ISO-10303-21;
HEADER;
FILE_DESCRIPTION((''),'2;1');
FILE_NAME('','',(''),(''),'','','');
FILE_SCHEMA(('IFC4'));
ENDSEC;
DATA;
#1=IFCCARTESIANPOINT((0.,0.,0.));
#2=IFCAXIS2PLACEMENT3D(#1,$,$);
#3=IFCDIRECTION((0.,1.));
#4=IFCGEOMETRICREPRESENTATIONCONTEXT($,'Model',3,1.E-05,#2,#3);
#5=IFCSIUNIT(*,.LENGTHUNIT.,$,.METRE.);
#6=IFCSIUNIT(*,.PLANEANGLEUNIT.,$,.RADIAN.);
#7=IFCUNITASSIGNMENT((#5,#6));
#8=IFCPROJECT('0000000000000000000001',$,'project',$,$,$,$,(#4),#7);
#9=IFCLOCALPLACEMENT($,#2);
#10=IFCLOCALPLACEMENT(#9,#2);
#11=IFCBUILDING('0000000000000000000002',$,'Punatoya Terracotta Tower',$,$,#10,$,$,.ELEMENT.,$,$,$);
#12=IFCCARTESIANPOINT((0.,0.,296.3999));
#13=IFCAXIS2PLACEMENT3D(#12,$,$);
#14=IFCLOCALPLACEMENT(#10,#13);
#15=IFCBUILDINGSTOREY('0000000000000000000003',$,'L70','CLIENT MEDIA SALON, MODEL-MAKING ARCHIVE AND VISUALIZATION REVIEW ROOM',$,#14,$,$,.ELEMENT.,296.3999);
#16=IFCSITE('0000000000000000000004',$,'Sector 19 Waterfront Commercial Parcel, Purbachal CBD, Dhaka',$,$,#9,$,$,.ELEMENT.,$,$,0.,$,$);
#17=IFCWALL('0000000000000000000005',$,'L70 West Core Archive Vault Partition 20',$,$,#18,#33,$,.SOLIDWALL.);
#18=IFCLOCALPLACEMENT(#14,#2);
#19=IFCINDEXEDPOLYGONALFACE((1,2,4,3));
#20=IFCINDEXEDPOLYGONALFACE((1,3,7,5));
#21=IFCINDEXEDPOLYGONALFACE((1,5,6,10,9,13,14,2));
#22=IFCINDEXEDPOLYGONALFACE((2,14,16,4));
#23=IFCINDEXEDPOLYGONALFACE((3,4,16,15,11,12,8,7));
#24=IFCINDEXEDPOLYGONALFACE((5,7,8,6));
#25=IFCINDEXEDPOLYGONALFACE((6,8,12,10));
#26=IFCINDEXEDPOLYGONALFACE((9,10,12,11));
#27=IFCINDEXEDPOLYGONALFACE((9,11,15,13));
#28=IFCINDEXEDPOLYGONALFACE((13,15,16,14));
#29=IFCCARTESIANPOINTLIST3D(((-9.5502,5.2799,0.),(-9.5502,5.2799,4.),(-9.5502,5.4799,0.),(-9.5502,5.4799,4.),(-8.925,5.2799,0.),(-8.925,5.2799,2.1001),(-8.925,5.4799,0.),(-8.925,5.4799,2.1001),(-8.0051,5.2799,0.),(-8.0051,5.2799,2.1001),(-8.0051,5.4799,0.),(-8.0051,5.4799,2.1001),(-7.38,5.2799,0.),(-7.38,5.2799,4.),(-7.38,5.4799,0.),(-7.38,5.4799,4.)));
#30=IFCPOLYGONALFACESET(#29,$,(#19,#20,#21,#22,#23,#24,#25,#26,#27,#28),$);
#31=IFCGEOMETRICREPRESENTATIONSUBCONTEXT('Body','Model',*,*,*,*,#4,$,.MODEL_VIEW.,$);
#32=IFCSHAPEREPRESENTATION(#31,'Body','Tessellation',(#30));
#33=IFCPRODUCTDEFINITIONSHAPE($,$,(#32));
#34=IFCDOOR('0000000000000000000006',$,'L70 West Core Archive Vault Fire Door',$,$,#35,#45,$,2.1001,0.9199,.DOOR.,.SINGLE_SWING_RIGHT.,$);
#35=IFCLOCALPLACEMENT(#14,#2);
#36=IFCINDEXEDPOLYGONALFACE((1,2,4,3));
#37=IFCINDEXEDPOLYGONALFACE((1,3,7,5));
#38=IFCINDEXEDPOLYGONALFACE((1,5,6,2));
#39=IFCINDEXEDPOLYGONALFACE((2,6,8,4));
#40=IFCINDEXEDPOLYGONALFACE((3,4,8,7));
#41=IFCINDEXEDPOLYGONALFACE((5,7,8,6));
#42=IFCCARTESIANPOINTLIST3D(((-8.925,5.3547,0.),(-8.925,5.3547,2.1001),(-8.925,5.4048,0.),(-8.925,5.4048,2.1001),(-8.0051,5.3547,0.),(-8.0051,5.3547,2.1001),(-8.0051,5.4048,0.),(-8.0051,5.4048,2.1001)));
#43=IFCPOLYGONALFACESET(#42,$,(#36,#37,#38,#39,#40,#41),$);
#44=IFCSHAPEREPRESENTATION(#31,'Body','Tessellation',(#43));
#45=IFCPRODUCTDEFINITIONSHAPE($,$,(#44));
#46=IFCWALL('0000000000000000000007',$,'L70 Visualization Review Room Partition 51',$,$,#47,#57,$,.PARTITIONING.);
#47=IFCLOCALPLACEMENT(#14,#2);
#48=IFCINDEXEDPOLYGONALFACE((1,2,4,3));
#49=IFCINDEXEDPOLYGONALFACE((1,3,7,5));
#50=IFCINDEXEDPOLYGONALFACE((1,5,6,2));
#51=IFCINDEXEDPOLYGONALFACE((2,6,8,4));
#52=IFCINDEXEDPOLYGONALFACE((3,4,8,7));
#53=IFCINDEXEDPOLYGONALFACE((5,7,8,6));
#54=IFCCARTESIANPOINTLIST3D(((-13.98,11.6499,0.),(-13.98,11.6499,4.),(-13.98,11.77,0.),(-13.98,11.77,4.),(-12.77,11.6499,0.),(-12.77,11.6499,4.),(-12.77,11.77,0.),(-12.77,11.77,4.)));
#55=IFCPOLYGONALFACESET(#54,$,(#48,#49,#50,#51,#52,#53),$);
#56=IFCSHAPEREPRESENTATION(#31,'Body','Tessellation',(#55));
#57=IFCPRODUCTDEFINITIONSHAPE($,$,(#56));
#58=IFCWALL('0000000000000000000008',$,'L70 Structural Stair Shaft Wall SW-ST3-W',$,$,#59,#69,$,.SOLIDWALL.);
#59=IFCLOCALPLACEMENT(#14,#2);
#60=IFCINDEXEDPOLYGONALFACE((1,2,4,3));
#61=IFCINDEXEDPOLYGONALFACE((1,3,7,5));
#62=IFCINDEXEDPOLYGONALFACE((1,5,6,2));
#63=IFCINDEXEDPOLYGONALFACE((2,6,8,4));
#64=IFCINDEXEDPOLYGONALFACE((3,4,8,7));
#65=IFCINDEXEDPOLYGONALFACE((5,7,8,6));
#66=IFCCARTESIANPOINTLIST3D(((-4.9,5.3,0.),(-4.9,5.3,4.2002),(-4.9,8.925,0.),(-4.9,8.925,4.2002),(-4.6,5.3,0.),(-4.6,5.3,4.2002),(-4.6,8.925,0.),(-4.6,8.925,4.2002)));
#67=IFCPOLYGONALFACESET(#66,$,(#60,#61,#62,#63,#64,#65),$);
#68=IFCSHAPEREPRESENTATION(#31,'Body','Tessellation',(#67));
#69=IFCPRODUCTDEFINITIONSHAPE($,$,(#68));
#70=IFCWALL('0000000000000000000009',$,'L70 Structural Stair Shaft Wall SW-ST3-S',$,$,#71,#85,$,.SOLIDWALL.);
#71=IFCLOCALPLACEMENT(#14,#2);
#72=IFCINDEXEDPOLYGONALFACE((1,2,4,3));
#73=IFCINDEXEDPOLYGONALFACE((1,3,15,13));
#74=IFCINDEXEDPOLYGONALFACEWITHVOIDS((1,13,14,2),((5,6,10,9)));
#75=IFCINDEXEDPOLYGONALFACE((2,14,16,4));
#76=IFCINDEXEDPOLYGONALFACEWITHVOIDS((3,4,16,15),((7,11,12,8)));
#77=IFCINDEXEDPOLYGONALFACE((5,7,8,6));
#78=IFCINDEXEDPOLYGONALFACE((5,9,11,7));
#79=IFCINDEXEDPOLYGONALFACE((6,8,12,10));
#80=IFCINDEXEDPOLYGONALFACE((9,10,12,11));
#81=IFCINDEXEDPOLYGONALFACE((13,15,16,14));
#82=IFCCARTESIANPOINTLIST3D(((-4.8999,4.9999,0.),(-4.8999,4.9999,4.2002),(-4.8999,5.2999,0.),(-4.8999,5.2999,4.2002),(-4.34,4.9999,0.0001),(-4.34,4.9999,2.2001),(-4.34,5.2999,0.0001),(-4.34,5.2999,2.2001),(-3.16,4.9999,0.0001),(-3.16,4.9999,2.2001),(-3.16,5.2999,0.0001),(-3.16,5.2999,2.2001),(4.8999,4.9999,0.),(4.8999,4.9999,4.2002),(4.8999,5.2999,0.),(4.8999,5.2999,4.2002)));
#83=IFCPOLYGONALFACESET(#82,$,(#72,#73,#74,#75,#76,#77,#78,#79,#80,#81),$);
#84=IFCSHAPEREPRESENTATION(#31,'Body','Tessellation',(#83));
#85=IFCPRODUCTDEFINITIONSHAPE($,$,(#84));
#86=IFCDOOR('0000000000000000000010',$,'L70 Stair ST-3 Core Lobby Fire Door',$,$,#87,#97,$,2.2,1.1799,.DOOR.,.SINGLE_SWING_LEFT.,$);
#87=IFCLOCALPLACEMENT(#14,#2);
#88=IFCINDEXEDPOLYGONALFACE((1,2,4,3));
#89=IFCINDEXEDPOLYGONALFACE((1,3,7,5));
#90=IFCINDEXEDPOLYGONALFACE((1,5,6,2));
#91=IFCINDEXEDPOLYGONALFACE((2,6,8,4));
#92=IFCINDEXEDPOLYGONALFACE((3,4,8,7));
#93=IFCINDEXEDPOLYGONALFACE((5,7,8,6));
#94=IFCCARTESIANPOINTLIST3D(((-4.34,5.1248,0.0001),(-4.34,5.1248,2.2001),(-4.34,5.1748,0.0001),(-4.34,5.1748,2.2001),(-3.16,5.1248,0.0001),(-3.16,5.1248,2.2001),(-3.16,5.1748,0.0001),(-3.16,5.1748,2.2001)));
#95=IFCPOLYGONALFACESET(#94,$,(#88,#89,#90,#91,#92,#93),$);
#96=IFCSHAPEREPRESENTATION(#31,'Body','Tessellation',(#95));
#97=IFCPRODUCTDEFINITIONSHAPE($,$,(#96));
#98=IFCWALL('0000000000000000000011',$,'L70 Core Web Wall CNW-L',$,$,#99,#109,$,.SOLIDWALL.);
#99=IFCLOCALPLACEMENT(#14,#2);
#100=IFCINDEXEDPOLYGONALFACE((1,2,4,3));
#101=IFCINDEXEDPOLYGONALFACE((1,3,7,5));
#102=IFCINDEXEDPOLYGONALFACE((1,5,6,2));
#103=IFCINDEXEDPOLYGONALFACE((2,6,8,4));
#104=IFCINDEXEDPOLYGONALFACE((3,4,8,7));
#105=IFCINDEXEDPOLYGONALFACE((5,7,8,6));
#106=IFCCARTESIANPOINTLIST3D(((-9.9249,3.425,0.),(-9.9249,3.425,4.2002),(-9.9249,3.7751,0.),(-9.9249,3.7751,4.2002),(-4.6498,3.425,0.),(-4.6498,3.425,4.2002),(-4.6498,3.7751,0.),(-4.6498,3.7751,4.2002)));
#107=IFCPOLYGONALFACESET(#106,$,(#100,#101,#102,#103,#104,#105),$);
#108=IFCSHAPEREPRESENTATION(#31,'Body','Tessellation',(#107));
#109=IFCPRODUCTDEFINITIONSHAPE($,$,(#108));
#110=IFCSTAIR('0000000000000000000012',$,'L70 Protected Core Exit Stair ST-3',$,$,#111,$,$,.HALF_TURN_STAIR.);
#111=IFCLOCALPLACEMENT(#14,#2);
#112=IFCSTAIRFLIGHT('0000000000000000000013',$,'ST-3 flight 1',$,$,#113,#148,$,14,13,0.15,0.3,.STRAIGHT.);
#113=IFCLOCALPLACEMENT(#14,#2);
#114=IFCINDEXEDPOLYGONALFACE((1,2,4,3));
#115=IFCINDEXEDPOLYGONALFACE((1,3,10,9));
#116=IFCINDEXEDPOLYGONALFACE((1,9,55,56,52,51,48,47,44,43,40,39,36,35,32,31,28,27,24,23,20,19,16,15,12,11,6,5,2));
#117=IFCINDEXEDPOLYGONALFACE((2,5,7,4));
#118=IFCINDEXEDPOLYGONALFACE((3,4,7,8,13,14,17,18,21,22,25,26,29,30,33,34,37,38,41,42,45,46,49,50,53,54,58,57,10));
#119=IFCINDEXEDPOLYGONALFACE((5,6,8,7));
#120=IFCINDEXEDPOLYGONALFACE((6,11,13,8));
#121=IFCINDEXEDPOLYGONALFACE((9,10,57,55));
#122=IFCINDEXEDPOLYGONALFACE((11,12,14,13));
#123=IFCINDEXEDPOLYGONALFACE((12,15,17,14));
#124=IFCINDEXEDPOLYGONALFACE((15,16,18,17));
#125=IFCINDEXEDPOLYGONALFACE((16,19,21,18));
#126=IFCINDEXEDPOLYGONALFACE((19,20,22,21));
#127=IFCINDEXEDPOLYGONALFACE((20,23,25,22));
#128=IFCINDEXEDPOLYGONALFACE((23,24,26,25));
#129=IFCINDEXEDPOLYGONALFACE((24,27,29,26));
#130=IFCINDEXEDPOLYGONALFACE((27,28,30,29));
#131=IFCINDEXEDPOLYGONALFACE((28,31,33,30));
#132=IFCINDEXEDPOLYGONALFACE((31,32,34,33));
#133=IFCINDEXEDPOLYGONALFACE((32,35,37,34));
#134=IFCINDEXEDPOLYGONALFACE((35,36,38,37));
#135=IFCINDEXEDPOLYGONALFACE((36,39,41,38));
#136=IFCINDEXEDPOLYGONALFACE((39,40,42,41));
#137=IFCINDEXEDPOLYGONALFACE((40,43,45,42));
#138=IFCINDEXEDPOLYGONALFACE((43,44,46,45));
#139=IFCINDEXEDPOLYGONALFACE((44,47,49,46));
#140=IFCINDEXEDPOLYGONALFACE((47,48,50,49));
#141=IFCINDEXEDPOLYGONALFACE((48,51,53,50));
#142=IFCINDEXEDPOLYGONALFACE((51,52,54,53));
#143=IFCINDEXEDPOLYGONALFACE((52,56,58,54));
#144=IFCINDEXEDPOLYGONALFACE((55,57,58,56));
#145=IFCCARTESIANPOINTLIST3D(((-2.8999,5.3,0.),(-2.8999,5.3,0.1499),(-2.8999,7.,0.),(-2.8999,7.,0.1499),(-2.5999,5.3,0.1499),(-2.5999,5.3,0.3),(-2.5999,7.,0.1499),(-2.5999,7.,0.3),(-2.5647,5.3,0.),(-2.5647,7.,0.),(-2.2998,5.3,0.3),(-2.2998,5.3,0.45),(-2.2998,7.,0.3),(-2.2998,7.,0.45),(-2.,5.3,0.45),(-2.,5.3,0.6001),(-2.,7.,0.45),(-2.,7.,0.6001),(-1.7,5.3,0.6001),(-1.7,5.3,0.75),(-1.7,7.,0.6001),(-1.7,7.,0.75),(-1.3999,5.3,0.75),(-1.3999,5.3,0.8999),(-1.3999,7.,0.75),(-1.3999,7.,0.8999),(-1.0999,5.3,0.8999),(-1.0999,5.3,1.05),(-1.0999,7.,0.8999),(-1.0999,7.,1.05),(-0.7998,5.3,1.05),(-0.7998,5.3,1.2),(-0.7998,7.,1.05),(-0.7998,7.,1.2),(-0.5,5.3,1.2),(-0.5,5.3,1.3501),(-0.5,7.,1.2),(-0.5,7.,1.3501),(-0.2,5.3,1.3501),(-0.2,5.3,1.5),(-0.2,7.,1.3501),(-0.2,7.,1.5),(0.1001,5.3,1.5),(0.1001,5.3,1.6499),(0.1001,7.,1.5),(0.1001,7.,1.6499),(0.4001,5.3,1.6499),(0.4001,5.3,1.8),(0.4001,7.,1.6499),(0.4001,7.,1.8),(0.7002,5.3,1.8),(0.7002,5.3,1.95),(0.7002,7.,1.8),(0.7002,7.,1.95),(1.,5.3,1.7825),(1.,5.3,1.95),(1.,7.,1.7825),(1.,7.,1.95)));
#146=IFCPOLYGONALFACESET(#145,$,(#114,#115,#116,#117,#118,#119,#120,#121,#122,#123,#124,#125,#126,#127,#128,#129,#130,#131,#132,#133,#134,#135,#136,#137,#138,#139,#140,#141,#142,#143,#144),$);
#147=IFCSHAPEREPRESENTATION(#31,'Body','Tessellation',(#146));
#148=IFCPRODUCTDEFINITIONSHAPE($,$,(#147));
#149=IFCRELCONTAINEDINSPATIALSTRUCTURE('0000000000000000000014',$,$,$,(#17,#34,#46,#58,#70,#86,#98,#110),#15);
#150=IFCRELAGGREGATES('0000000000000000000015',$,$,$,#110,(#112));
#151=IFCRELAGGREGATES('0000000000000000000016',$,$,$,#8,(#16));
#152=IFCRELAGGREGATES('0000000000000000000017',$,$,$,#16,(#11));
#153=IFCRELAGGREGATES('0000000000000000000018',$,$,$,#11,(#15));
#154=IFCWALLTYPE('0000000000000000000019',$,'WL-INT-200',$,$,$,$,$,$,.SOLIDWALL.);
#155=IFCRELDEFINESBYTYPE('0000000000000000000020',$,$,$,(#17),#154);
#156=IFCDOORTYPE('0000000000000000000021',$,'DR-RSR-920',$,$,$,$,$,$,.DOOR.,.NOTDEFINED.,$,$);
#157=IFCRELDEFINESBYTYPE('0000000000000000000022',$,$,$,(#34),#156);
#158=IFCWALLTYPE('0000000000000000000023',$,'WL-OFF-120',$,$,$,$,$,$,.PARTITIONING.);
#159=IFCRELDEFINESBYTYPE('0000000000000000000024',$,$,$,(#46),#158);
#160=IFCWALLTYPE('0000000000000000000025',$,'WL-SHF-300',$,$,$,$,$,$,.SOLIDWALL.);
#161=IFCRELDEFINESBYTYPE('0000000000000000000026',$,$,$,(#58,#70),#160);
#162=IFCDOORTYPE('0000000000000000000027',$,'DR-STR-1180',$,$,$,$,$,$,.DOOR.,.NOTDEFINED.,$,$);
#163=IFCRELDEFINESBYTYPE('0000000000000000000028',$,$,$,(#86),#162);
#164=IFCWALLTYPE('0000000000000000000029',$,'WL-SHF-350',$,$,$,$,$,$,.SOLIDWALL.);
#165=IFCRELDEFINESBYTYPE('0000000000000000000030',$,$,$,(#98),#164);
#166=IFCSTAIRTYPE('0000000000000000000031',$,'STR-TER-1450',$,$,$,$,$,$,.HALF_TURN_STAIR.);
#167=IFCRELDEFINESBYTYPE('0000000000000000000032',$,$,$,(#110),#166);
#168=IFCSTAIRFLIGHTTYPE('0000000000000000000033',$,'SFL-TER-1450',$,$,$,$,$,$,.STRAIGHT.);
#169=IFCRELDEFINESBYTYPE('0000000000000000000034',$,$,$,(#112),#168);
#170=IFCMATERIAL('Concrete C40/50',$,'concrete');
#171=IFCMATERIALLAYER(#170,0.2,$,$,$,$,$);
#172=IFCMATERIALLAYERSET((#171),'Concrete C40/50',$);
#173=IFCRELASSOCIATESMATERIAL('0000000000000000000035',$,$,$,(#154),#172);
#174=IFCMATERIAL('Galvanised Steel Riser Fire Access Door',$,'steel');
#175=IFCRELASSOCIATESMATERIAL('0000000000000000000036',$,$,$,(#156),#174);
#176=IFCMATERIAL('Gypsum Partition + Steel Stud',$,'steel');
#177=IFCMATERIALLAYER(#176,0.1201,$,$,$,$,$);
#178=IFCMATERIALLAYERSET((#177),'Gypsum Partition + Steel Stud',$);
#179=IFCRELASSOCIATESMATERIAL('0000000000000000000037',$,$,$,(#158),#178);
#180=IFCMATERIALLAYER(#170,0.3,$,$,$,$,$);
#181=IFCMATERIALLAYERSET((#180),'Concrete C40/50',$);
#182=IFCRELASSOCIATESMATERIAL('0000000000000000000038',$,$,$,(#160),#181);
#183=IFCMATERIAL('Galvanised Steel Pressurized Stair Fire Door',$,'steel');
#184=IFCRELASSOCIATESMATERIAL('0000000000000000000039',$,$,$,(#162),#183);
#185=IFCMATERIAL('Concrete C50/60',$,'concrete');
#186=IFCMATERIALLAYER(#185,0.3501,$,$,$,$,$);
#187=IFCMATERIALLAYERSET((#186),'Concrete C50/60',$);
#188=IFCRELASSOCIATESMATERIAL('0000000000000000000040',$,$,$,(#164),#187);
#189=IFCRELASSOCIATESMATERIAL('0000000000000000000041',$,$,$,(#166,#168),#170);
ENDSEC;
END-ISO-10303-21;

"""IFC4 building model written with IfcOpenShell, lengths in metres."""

from ifc_helpers import new_model, si_unit, direction, frame, frame_2d, origin, place, context, subcontext, project, spatial, polyline, rectangle, outline, extrude, material, layer, layer_set, type_object, element, fill, aggregate, save


model = new_model("IFC4")

# Units and contexts
model_context = context("Model", 3, precision=1e-05, world=origin(), true_north=direction((0.0, 1.0)))
body_context = subcontext(model_context, "Body", "Model", "MODEL_VIEW")
ifc_project = project(units=[si_unit("LENGTHUNIT", "METRE"), si_unit("PLANEANGLEUNIT", "RADIAN")], contexts=[model_context])

# Site, building, storey
site_placement = place(None, origin())
site = spatial("IfcSite", under=ifc_project, at=site_placement, Name="Sector 19 Waterfront Commercial Parcel, Purbachal CBD, Dhaka", CompositionType="ELEMENT", RefElevation=0.0)
building_placement = place(site_placement, origin())
building = spatial("IfcBuilding", under=site, at=building_placement, Name="Punatoya Terracotta Tower", CompositionType="ELEMENT")
storey_placement = place(building_placement, frame((0.0, 0.0, 296.3999)))
storey = spatial("IfcBuildingStorey", under=building, at=storey_placement, Name="L70", Description="CLIENT MEDIA SALON, MODEL-MAKING ARCHIVE AND VISUALIZATION REVIEW ROOM", CompositionType="ELEMENT", Elevation=296.3999)

# Shared definitions
ifc_material_1 = material(Name="Concrete C50/60", Category="concrete")

# Shared definitions
ifc_material_2 = material(Name="Concrete C40/50", Category="concrete")
ifc_layer_1 = layer(ifc_material_2, 0.2)
ifc_layer_set_1 = layer_set([ifc_layer_1], Name="Concrete C40/50")
wall_type_1 = type_object("IfcWallType", Name="WL-INT-200", PredefinedType="SOLIDWALL", material=ifc_layer_set_1)

# Wall, opening, door
wall_1_placement = place(storey_placement, frame((-9.55, 5.3799, 0.0), z_axis=(0.0, 0.0, 1.0), x_axis=(1.0, 0.0, 0.0)))
wall_1 = element("IfcWall", 1, at=wall_1_placement, inside=storey, type_object=wall_type_1, Name="L70 West Core Archive Vault Partition 20", PredefinedType="SOLIDWALL", context=body_context, shape_type="SweptSolid", body=[
    extrude(rectangle(XDim=2.1702, YDim=0.2, at=frame_2d((1.085, 0.0))), origin(), (0.0, 0.0, 1.0), 4.0),
])
opening_1_placement = place(wall_1_placement, frame((0.625, 0.0, 0.0)))
opening_1 = element("IfcOpeningElement", 2, at=opening_1_placement, cuts=wall_1, PredefinedType="OPENING", context=body_context, shape_type="SweptSolid", body=[
    extrude(rectangle(XDim=0.9199, YDim=2.1001, at=frame_2d((0.46, 1.05))), frame((0.0, 0.1099, 0.0), z_axis=(0.0, -1.0, 0.0), x_axis=(1.0, 0.0, 0.0)), (0.0, 0.0, 1.0), 0.22),
])
ifc_material_3 = material(Name="Galvanised Steel Riser Fire Access Door", Category="steel")
door_type_1 = type_object("IfcDoorType", Name="DR-RSR-920", OperationType="NOTDEFINED", PredefinedType="DOOR", material=ifc_material_3)
door_1_placement = place(opening_1_placement, origin())
door_1 = element("IfcDoor", 3, at=door_1_placement, inside=storey, type_object=door_type_1, Name="L70 West Core Archive Vault Fire Door", OperationType="SINGLE_SWING_RIGHT", OverallHeight=2.1001, OverallWidth=0.9199, PredefinedType="DOOR", context=body_context, shape_type="SweptSolid", body=[
    extrude(rectangle(XDim=0.9199, YDim=2.1001, at=frame_2d((0.46, 1.05))), frame((0.0, 0.0249, 0.0), z_axis=(0.0, -1.0, 0.0), x_axis=(1.0, 0.0, 0.0)), (0.0, 0.0, 1.0), 0.05),
])
fill(opening_1, door_1)

# Walls
ifc_material_4 = material(Name="Gypsum Partition + Steel Stud", Category="steel")
ifc_layer_2 = layer(ifc_material_4, 0.1201)
ifc_layer_set_2 = layer_set([ifc_layer_2], Name="Gypsum Partition + Steel Stud")
wall_type_2 = type_object("IfcWallType", Name="WL-OFF-120", PredefinedType="PARTITIONING", material=ifc_layer_set_2)
wall_2_placement = place(storey_placement, frame((-12.77, 11.71, 0.0), z_axis=(0.0, 0.0, 1.0), x_axis=(-1.0, 0.0, 0.0)))
element("IfcWall", 4, at=wall_2_placement, inside=storey, type_object=wall_type_2, Name="L70 Visualization Review Room Partition 51", PredefinedType="PARTITIONING", context=body_context, shape_type="SweptSolid", body=[
    extrude(rectangle(XDim=1.21, YDim=0.1201, at=frame_2d((0.605, 0.0))), origin(), (0.0, 0.0, 1.0), 4.0),
])
ifc_layer_3 = layer(ifc_material_2, 0.3)
ifc_layer_set_3 = layer_set([ifc_layer_3], Name="Concrete C40/50")
wall_type_3 = type_object("IfcWallType", Name="WL-SHF-300", PredefinedType="SOLIDWALL", material=ifc_layer_set_3)
wall_3_placement = place(storey_placement, frame((-4.75, 5.3, 0.0), z_axis=(0.0, 0.0, 1.0), x_axis=(0.0, 1.0, 0.0)))
element("IfcWall", 5, at=wall_3_placement, inside=storey, type_object=wall_type_3, Name="L70 Structural Stair Shaft Wall SW-ST3-W", PredefinedType="SOLIDWALL", context=body_context, shape_type="SweptSolid", body=[
    extrude(rectangle(XDim=3.625, YDim=0.3, at=frame_2d((1.8125, 0.0))), origin(), (0.0, 0.0, 1.0), 4.2002),
])

# Wall, opening, door
wall_4_placement = place(storey_placement, frame((-4.8999, 5.1499, 0.0), z_axis=(0.0, 0.0, 1.0), x_axis=(1.0, 0.0, 0.0)))
wall_4 = element("IfcWall", 6, at=wall_4_placement, inside=storey, type_object=wall_type_3, Name="L70 Structural Stair Shaft Wall SW-ST3-S", PredefinedType="SOLIDWALL", context=body_context, shape_type="SweptSolid", body=[
    extrude(rectangle(XDim=9.7998, YDim=0.3, at=frame_2d((4.8999, 0.0))), origin(), (0.0, 0.0, 1.0), 4.2002),
])
opening_2_placement = place(wall_4_placement, frame((0.5601, 0.0, 0.0)))
opening_2 = element("IfcOpeningElement", 7, at=opening_2_placement, cuts=wall_4, PredefinedType="OPENING", context=body_context, shape_type="SweptSolid", body=[
    extrude(rectangle(XDim=1.1799, YDim=2.2, at=frame_2d((0.5898, 1.1001))), frame((0.0, 0.1599, 0.0), z_axis=(0.0, -1.0, 0.0), x_axis=(1.0, 0.0, 0.0)), (0.0, 0.0, 1.0), 0.3201),
])
ifc_material_5 = material(Name="Galvanised Steel Pressurized Stair Fire Door", Category="steel")
door_type_2 = type_object("IfcDoorType", Name="DR-STR-1180", OperationType="NOTDEFINED", PredefinedType="DOOR", material=ifc_material_5)
door_2_placement = place(opening_2_placement, origin())
door_2 = element("IfcDoor", 8, at=door_2_placement, inside=storey, type_object=door_type_2, Name="L70 Stair ST-3 Core Lobby Fire Door", OperationType="SINGLE_SWING_LEFT", OverallHeight=2.2, OverallWidth=1.1799, PredefinedType="DOOR", context=body_context, shape_type="SweptSolid", body=[
    extrude(rectangle(XDim=1.1799, YDim=2.2, at=frame_2d((0.5898, 1.1001))), frame((0.0, 0.0249, 0.0), z_axis=(0.0, -1.0, 0.0), x_axis=(1.0, 0.0, 0.0)), (0.0, 0.0, 1.0), 0.05),
])
fill(opening_2, door_2)

# Wall
ifc_layer_4 = layer(ifc_material_1, 0.3501)
ifc_layer_set_4 = layer_set([ifc_layer_4], Name="Concrete C50/60")
wall_type_4 = type_object("IfcWallType", Name="WL-SHF-350", PredefinedType="SOLIDWALL", material=ifc_layer_set_4)
wall_5_placement = place(storey_placement, frame((-9.925, 3.6001, 0.0), z_axis=(0.0, 0.0, 1.0), x_axis=(1.0, 0.0, 0.0)))
element("IfcWall", 9, at=wall_5_placement, inside=storey, type_object=wall_type_4, Name="L70 Core Web Wall CNW-L", PredefinedType="SOLIDWALL", context=body_context, shape_type="SweptSolid", body=[
    extrude(rectangle(XDim=5.2751, YDim=0.3501, at=frame_2d((2.6377, 0.0))), origin(), (0.0, 0.0, 1.0), 4.2002),
])

# Stair, stair flight
stair_type = type_object("IfcStairType", Name="STR-TER-1450", PredefinedType="HALF_TURN_STAIR", material=ifc_material_2)
stair_placement = place(storey_placement, origin())
stair = element("IfcStair", 10, at=stair_placement, inside=storey, type_object=stair_type, Name="L70 Protected Core Exit Stair ST-3", PredefinedType="HALF_TURN_STAIR")
stair_flight_type = type_object("IfcStairFlightType", Name="SFL-TER-1450", PredefinedType="STRAIGHT", material=ifc_material_2)
stair_flight_placement = place(storey_placement, frame((-2.8999, 6.1499, 0.0), z_axis=(0.0, 0.0, 1.0), x_axis=(1.0, 0.0, 0.0)))
stair_flight = element("IfcStairFlight", 11, at=stair_flight_placement, type_object=stair_flight_type, Name="ST-3 flight 1", NumberOfRisers=14, NumberOfTreads=13, PredefinedType="STRAIGHT", RiserHeight=0.15, TreadLength=0.3, context=body_context, shape_type="SweptSolid", body=[
    extrude(outline(polyline([(0.0, 0.0), (0.0, 0.1499), (0.3, 0.1499), (0.3, 0.3), (0.6001, 0.3), (0.6001, 0.45), (0.8999, 0.45), (0.8999, 0.6001), (1.2, 0.6001), (1.2, 0.75), (1.5, 0.75), (1.5, 0.8999), (1.8, 0.8999), (1.8, 1.05), (2.1001, 1.05), (2.1001, 1.2), (2.3999, 1.2), (2.3999, 1.3501), (2.7, 1.3501), (2.7, 1.5), (3.0, 1.5), (3.0, 1.6499), (3.3, 1.6499), (3.3, 1.8), (3.6001, 1.8), (3.6001, 1.95), (3.8999, 1.95), (3.8999, 2.1001), (3.8999, 1.7825), (0.3352, 0.0), (0.0, 0.0)])), frame((0.0, 0.8501, 0.0), z_axis=(0.0, -1.0, 0.0), x_axis=(1.0, 0.0, 0.0)), (0.0, 0.0, 1.0), 1.7),
])
aggregate(stair, [stair_flight])

save(model, "model.ifc")
